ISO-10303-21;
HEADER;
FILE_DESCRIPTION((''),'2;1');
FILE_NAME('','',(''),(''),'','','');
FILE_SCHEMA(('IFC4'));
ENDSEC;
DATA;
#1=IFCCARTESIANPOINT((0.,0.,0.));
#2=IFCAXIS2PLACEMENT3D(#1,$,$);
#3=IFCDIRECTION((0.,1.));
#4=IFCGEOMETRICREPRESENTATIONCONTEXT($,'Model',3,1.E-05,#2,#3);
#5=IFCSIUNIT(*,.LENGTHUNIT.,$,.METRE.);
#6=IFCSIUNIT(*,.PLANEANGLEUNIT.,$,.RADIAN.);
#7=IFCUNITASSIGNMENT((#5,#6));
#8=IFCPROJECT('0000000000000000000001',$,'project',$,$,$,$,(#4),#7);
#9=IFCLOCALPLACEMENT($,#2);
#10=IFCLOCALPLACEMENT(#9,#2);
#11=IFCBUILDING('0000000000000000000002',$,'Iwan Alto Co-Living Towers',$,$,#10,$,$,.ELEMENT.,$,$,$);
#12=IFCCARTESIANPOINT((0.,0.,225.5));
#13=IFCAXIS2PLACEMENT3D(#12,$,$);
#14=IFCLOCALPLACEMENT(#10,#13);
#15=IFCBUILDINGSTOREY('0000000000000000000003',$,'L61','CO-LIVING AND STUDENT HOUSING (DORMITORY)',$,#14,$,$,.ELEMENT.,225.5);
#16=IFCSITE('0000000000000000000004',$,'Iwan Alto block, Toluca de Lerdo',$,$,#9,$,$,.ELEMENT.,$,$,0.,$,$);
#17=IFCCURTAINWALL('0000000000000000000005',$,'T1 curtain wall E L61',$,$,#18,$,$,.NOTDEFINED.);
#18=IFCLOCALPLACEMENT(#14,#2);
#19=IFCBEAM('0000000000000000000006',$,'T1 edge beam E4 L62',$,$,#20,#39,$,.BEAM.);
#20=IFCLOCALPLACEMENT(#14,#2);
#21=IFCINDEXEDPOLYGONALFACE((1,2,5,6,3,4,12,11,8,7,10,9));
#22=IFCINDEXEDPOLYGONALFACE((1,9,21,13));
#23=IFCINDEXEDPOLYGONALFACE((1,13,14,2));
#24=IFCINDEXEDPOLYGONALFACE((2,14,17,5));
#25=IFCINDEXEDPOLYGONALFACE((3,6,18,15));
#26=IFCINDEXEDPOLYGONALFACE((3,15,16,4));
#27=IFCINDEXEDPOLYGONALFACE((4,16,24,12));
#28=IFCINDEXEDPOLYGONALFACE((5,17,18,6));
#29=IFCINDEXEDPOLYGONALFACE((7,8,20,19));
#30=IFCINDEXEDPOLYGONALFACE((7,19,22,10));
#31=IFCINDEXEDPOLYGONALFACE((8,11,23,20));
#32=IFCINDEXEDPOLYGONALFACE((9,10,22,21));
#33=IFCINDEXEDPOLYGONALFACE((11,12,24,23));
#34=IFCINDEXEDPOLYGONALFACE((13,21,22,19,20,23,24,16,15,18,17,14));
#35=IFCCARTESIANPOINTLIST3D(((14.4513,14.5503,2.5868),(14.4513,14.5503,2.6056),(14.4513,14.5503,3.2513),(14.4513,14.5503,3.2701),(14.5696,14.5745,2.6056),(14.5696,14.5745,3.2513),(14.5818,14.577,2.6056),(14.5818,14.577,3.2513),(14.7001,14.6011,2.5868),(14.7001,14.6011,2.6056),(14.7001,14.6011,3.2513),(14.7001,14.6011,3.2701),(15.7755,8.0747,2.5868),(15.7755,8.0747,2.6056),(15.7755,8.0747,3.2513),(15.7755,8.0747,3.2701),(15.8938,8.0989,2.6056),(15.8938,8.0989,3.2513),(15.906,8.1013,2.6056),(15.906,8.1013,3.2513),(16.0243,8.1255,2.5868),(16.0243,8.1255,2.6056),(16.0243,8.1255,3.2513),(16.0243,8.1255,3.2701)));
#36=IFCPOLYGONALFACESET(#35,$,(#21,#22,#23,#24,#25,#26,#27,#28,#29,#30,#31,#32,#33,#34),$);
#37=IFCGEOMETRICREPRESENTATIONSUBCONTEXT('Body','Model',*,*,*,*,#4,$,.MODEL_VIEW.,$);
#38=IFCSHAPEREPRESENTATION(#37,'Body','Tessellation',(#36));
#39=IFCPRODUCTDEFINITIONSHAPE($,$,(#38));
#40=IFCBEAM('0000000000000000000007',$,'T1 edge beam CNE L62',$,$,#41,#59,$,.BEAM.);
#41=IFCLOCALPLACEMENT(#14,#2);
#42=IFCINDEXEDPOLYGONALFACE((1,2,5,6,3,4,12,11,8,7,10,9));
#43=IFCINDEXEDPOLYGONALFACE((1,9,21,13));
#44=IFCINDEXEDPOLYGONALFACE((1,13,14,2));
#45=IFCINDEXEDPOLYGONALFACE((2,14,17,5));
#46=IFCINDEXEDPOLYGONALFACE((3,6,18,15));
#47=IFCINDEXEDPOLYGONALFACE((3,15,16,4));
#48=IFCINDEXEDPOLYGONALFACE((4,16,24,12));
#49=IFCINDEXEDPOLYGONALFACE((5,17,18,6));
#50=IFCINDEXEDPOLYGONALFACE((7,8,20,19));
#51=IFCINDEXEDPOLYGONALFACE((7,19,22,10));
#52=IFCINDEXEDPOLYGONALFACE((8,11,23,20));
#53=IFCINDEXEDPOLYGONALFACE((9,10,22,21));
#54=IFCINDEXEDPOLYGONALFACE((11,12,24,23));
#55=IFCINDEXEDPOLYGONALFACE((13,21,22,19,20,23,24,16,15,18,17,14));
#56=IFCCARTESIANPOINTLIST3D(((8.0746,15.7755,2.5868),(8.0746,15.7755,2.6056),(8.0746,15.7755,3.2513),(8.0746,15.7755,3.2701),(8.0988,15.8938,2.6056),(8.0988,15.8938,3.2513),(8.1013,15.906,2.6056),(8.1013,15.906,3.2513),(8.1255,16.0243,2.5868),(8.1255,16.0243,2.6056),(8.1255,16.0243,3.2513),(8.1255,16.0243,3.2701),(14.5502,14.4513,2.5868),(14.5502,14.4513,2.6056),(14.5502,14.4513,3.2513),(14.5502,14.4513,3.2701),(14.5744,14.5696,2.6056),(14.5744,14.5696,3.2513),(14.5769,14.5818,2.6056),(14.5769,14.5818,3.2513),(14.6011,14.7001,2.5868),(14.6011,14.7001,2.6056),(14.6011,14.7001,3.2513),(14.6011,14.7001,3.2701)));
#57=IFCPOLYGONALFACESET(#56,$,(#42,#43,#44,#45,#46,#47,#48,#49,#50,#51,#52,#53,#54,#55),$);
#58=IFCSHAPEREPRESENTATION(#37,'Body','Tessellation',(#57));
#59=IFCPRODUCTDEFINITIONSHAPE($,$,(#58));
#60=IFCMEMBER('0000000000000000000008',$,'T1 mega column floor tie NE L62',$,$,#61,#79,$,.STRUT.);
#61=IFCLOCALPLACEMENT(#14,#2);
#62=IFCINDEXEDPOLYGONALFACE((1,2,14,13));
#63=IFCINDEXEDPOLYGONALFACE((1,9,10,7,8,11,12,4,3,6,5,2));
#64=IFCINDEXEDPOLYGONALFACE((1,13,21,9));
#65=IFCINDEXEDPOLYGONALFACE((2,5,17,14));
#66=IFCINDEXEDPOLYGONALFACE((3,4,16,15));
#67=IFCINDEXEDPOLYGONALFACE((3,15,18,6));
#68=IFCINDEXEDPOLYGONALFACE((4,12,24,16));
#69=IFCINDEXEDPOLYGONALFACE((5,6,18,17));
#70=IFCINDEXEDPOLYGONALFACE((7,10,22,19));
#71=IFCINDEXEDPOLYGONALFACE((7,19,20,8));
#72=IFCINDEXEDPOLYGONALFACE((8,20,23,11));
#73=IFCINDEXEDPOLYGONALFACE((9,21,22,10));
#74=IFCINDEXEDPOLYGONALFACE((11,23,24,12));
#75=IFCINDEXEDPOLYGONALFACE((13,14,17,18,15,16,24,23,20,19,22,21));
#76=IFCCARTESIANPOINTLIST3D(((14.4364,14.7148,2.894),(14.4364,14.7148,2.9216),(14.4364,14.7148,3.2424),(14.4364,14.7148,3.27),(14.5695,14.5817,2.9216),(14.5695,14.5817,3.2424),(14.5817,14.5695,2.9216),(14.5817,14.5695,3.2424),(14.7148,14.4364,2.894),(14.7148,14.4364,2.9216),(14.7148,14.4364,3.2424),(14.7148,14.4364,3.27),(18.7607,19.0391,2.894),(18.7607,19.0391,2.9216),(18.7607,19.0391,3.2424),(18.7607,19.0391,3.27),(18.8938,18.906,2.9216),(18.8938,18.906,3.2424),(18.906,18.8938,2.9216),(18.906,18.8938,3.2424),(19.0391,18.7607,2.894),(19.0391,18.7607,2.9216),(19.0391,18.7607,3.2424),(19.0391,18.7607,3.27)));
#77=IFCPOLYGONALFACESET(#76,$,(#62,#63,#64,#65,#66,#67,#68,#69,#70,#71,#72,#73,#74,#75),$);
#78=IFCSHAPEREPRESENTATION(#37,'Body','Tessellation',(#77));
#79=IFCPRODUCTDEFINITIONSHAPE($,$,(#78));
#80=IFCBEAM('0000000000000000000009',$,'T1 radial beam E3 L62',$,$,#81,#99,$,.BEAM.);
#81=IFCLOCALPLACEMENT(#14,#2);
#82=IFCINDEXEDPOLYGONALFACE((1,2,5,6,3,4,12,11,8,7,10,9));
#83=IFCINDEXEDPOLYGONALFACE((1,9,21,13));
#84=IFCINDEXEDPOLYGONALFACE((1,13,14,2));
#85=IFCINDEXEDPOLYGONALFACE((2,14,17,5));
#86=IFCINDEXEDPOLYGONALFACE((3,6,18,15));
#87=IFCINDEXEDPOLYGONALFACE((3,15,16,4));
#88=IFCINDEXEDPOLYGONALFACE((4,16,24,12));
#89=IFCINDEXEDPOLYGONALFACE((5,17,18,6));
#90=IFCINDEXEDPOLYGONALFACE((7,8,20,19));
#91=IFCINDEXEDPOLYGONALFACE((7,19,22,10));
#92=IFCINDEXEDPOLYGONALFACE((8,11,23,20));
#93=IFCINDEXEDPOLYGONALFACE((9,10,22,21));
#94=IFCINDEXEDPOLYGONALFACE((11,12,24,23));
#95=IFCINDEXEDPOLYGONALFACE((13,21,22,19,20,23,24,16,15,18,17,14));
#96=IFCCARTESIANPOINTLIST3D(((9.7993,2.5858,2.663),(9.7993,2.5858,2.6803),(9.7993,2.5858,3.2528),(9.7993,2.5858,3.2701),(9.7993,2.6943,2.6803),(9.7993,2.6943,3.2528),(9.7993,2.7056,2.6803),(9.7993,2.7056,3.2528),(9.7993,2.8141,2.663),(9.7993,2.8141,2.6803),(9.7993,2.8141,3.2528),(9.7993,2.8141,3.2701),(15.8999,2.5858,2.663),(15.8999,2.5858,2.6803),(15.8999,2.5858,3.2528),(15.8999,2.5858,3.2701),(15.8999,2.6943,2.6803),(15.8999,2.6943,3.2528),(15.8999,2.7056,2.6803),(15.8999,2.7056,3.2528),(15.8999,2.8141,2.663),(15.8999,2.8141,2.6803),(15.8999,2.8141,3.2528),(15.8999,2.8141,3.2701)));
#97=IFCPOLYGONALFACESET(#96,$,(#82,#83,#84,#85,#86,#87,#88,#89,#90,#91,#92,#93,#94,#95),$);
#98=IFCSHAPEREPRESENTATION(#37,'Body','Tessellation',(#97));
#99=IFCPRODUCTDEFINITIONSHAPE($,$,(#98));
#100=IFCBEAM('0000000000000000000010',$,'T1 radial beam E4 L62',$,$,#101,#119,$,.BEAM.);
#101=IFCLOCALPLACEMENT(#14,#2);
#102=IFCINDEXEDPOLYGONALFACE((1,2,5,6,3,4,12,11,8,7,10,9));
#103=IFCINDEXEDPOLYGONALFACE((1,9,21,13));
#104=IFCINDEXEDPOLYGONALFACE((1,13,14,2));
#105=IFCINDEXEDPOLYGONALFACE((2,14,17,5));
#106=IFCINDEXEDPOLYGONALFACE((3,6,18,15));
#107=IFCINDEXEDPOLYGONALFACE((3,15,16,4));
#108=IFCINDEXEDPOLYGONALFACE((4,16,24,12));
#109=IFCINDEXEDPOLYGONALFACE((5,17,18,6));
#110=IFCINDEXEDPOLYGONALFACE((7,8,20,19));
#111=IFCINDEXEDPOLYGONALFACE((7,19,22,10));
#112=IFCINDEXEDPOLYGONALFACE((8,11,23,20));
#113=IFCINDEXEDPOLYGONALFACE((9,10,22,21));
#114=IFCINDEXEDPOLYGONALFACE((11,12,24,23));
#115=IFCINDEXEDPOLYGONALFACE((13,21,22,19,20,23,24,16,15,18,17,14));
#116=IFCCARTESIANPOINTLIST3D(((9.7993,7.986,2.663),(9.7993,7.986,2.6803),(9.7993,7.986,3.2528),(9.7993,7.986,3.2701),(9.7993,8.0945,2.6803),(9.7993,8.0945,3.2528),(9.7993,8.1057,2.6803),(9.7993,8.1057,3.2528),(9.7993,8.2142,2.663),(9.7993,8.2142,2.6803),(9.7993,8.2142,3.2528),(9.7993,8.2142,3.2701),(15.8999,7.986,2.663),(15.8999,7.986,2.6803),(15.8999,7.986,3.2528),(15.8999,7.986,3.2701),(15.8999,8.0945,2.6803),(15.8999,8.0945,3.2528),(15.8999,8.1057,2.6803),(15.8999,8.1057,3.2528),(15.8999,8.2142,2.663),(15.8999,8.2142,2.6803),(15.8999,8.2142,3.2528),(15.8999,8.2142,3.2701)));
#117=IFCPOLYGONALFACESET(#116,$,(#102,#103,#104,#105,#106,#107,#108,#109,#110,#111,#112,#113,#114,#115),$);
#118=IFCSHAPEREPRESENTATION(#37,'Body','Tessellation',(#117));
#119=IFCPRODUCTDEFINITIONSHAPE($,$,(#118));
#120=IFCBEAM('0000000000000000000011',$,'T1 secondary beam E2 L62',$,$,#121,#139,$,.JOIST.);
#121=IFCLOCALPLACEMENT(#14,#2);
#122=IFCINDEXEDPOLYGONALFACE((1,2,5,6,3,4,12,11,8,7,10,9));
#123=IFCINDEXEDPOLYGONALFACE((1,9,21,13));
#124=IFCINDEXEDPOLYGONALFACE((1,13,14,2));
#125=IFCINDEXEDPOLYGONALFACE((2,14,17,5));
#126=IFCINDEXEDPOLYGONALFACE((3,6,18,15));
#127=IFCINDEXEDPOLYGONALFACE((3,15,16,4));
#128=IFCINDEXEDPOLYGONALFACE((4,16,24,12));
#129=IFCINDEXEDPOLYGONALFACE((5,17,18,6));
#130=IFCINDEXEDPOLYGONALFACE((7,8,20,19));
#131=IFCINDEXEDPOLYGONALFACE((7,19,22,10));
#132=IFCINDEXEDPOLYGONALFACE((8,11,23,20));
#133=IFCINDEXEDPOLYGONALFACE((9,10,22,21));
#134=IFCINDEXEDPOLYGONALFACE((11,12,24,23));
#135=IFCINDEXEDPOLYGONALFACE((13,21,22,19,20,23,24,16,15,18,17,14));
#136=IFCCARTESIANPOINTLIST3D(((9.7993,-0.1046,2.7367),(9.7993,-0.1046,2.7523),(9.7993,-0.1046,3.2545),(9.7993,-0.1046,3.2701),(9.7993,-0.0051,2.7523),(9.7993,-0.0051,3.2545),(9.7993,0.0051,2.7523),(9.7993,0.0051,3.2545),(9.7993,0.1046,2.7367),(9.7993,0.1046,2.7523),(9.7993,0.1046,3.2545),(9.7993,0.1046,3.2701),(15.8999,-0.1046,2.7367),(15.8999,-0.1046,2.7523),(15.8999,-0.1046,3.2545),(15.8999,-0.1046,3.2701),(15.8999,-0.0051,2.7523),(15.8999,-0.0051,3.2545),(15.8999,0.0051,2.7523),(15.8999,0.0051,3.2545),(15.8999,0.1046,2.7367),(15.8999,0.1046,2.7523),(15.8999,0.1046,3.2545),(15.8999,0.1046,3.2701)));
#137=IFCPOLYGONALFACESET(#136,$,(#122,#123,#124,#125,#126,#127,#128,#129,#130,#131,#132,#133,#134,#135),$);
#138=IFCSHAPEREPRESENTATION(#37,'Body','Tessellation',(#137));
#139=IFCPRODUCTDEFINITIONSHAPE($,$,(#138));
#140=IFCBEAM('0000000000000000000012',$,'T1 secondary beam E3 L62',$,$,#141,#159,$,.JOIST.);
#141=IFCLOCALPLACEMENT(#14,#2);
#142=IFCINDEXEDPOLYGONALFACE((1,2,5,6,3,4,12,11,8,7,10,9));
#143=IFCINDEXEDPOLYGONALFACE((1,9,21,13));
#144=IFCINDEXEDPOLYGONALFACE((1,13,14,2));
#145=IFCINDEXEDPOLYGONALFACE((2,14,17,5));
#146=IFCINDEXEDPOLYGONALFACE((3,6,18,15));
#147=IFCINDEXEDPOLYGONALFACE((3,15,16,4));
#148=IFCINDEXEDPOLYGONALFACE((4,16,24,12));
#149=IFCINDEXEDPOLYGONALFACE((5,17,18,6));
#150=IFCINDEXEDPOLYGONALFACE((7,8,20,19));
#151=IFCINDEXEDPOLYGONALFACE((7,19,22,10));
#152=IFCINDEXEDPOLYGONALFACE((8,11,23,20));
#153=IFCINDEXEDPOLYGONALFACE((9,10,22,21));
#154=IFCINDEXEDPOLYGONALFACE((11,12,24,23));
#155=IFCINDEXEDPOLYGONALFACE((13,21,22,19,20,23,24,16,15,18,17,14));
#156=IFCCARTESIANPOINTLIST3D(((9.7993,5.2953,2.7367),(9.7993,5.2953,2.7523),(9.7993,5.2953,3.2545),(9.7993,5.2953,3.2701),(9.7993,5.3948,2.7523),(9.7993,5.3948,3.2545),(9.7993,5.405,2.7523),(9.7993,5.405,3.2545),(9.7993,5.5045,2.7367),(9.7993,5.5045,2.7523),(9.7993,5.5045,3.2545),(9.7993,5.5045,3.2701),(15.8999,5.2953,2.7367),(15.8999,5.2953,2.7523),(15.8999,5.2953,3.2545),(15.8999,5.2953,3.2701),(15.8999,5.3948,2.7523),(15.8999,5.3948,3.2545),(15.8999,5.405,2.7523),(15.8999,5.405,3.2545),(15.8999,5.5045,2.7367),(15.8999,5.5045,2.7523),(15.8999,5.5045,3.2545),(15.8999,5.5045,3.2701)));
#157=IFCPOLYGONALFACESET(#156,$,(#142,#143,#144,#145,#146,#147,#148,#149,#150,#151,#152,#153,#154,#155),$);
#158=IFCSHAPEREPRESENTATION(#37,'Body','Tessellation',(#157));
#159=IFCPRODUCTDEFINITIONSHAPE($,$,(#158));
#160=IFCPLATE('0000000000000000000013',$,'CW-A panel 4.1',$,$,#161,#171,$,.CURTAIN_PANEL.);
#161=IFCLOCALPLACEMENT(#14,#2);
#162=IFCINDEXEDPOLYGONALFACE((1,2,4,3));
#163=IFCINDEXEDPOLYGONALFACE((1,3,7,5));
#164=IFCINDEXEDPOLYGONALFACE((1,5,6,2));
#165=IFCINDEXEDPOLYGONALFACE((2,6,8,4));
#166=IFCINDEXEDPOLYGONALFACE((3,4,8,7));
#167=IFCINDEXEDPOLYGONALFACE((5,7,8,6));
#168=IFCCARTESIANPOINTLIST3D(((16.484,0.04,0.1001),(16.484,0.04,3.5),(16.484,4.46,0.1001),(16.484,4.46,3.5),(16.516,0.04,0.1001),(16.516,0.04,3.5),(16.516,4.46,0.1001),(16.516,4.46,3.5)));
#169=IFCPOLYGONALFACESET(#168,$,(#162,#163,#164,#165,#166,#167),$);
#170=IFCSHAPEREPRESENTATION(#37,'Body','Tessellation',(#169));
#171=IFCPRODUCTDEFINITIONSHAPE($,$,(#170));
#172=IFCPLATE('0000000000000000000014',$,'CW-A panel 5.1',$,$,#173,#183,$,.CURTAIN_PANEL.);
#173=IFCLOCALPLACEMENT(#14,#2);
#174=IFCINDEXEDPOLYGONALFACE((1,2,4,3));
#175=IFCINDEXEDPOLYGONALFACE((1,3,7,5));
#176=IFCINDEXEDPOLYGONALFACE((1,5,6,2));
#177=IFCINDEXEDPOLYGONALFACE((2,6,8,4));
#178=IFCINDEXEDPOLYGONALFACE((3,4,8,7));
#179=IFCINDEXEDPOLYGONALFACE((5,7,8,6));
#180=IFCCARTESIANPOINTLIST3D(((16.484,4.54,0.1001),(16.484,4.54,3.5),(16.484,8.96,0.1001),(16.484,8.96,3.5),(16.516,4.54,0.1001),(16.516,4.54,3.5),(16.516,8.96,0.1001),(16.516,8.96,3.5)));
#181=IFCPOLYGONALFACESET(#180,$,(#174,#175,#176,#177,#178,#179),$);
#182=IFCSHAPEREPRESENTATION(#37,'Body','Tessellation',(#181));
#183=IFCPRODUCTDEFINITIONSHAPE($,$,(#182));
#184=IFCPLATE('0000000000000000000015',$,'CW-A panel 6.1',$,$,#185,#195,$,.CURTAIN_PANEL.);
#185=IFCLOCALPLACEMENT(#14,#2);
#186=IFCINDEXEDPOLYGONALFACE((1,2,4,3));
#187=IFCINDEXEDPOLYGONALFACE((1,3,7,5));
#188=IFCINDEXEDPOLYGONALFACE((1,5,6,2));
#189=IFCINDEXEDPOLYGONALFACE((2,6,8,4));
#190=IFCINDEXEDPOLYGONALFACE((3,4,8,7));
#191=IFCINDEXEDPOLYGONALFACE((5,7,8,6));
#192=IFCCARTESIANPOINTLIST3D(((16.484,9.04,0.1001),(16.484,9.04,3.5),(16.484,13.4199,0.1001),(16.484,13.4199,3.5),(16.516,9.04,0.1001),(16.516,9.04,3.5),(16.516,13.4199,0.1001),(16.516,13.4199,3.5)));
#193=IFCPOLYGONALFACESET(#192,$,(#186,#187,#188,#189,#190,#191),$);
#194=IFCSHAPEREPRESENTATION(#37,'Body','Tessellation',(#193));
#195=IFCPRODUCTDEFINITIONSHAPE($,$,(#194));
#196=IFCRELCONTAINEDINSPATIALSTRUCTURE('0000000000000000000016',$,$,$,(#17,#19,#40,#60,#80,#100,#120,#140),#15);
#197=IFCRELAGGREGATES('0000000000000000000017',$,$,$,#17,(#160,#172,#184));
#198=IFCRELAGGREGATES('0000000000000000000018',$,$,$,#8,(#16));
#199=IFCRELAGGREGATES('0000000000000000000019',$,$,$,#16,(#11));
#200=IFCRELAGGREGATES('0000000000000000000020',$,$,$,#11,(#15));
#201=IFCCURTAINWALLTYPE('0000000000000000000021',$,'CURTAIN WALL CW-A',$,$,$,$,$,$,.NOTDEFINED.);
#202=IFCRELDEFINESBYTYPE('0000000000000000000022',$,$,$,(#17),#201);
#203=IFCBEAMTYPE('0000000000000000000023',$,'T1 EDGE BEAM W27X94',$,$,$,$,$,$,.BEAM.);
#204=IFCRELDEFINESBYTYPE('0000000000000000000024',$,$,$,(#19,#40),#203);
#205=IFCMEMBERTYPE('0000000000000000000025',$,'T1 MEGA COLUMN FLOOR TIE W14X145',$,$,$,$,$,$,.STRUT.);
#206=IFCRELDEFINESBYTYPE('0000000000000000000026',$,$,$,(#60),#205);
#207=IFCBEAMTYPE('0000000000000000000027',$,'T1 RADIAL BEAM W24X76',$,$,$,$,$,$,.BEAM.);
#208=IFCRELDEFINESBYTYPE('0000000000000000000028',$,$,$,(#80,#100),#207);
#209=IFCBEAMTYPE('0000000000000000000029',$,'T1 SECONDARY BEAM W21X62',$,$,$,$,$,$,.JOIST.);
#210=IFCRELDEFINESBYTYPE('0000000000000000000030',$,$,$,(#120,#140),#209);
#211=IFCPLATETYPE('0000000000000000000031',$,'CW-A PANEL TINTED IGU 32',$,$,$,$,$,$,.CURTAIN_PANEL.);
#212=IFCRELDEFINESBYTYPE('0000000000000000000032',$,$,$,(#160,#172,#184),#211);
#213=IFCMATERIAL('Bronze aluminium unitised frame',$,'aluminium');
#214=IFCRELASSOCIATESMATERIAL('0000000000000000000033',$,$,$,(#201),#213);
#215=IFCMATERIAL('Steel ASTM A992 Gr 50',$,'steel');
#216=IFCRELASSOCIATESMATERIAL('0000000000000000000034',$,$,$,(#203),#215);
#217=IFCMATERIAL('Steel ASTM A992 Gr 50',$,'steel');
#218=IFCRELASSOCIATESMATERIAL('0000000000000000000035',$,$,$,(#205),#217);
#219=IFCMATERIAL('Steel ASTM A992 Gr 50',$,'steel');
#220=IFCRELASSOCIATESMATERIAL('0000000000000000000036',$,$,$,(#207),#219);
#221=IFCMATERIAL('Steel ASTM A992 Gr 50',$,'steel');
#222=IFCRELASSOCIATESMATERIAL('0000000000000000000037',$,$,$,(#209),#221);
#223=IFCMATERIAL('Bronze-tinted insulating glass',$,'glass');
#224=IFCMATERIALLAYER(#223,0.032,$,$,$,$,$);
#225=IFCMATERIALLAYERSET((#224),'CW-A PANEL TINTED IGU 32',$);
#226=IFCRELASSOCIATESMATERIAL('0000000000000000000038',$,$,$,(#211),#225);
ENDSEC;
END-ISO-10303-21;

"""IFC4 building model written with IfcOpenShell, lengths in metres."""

from ifc_helpers import new_model, si_unit, direction, frame, origin, origin_2d, place, context, subcontext, project, spatial, rectangle, i_section, extrude, material, layer, layer_set, material_profile, profile_set, type_object, element, aggregate, save


model = new_model("IFC4")

# Units and contexts
model_context = context("Model", 3, precision=1e-05, world=origin(), true_north=direction((0.0, 1.0)))
body_context = subcontext(model_context, "Body", "Model", "MODEL_VIEW")
ifc_project = project(units=[si_unit("LENGTHUNIT", "METRE"), si_unit("PLANEANGLEUNIT", "RADIAN")], contexts=[model_context])

# Site, building, storey
site_placement = place(None, origin())
site = spatial("IfcSite", under=ifc_project, at=site_placement, Name="Iwan Alto block, Toluca de Lerdo", CompositionType="ELEMENT", RefElevation=0.0)
building_placement = place(site_placement, origin())
building = spatial("IfcBuilding", under=site, at=building_placement, Name="Iwan Alto Co-Living Towers", CompositionType="ELEMENT")
storey_placement = place(building_placement, frame((0.0, 0.0, 225.5)))
storey = spatial("IfcBuildingStorey", under=building, at=storey_placement, Name="L61", Description="CO-LIVING AND STUDENT HOUSING (DORMITORY)", CompositionType="ELEMENT", Elevation=225.5)

# Curtain wall
ifc_material_1 = material(Name="Bronze aluminium unitised frame", Category="aluminium")
curtain_wall_type_1 = type_object("IfcCurtainWallType", Name="CURTAIN WALL CW-A", PredefinedType="NOTDEFINED", material=ifc_material_1)
curtain_wall_1_placement = place(storey_placement, origin())
curtain_wall_1 = element("IfcCurtainWall", 1, at=curtain_wall_1_placement, inside=storey, type_object=curtain_wall_type_1, Name="T1 curtain wall E L61", PredefinedType="NOTDEFINED")

# Beams
ifc_material_2 = material(Name="Steel ASTM A992 Gr 50", Category="steel")
ifc_material_profile_1 = material_profile(ifc_material_2, i_section(OverallWidth=0.2539, OverallDepth=0.6833, WebThickness=0.0125, FlangeThickness=0.0188, at=origin_2d()), Name="W27X94")
ifc_profile_set_1 = profile_set([ifc_material_profile_1], Name="Steel ASTM A992 Gr 50")
beam_type_1 = type_object("IfcBeamType", Name="T1 EDGE BEAM W27X94", PredefinedType="BEAM", material=ifc_profile_set_1)
for number, where, z_axis, x_axis, name in (
    (2, (15.8999, 8.1001, 2.9285), (-0.200348, 0.979725, 0.0), (-0.979725, -0.200348, 0.0), "T1 edge beam E4 L62"),
    (3, (14.5757, 14.5757, 2.9285), (-0.979725, 0.200348, 0.0), (-0.200348, -0.979725, 0.0), "T1 edge beam CNE L62"),
):
    element("IfcBeam", number, at=place(storey_placement, frame(where, z_axis=z_axis, x_axis=x_axis)), inside=storey, type_object=beam_type_1, Name=name, PredefinedType="BEAM", context=body_context, shape_type="SweptSolid", body=[
        extrude(i_section(OverallWidth=0.2539, OverallDepth=0.6833, WebThickness=0.0125, FlangeThickness=0.0188, at=origin_2d()), origin(), (0.0, 0.0, 1.0), 6.6096),
    ])

# Member
ifc_material_3 = material(Name="Steel ASTM A992 Gr 50", Category="steel")
ifc_material_profile_2 = material_profile(ifc_material_3, i_section(OverallWidth=0.3938, OverallDepth=0.376, WebThickness=0.0173, FlangeThickness=0.0276, at=origin_2d()), Name="W14X145")
ifc_profile_set_2 = profile_set([ifc_material_profile_2], Name="Steel ASTM A992 Gr 50")
member_type_1 = type_object("IfcMemberType", Name="T1 MEGA COLUMN FLOOR TIE W14X145", PredefinedType="STRUT", material=ifc_profile_set_2)
member_1_placement = place(storey_placement, frame((18.8999, 18.8999, 3.082), z_axis=(-0.707107, -0.707107, 0.0), x_axis=(0.707107, -0.707107, 0.0)))
element("IfcMember", 4, at=member_1_placement, inside=storey, type_object=member_type_1, Name="T1 mega column floor tie NE L62", PredefinedType="STRUT", context=body_context, shape_type="SweptSolid", body=[
    extrude(i_section(OverallWidth=0.3938, OverallDepth=0.376, WebThickness=0.0173, FlangeThickness=0.0276, at=origin_2d()), origin(), (0.0, 0.0, 1.0), 6.1155),
])

# Beams
ifc_material_4 = material(Name="Steel ASTM A992 Gr 50", Category="steel")
ifc_material_profile_3 = material_profile(ifc_material_4, i_section(OverallWidth=0.2283, OverallDepth=0.6072, WebThickness=0.0112, FlangeThickness=0.0173, at=origin_2d()), Name="W24X76")
ifc_profile_set_3 = profile_set([ifc_material_profile_3], Name="Steel ASTM A992 Gr 50")
beam_type_2 = type_object("IfcBeamType", Name="T1 RADIAL BEAM W24X76", PredefinedType="BEAM", material=ifc_profile_set_3)
for number, where, z_axis, x_axis, name in (
    (5, (15.8999, 2.7, 2.9666), (-1.0, 0.0, 0.0), (0.0, -1.0, 0.0), "T1 radial beam E3 L62"),
    (6, (15.8999, 8.1001, 2.9666), (-1.0, 0.0, 0.0), (0.0, -1.0, 0.0), "T1 radial beam E4 L62"),
):
    element("IfcBeam", number, at=place(storey_placement, frame(where, z_axis=z_axis, x_axis=x_axis)), inside=storey, type_object=beam_type_2, Name=name, PredefinedType="BEAM", context=body_context, shape_type="SweptSolid", body=[
        extrude(i_section(OverallWidth=0.2283, OverallDepth=0.6072, WebThickness=0.0112, FlangeThickness=0.0173, at=origin_2d()), origin(), (0.0, 0.0, 1.0), 6.1006),
    ])
ifc_material_5 = material(Name="Steel ASTM A992 Gr 50", Category="steel")
ifc_material_profile_4 = material_profile(ifc_material_5, i_section(OverallWidth=0.2092, OverallDepth=0.5334, WebThickness=0.0103, FlangeThickness=0.0156, at=origin_2d()), Name="W21X62")
ifc_profile_set_4 = profile_set([ifc_material_profile_4], Name="Steel ASTM A992 Gr 50")
beam_type_3 = type_object("IfcBeamType", Name="T1 SECONDARY BEAM W21X62", PredefinedType="JOIST", material=ifc_profile_set_4)
for number, where, z_axis, x_axis, name in (
    (7, (15.8999, 0.0, 3.0034), (-1.0, 0.0, 0.0), (0.0, -1.0, 0.0), "T1 secondary beam E2 L62"),
    (8, (15.8999, 5.3999, 3.0034), (-1.0, 0.0, 0.0), (0.0, -1.0, 0.0), "T1 secondary beam E3 L62"),
):
    element("IfcBeam", number, at=place(storey_placement, frame(where, z_axis=z_axis, x_axis=x_axis)), inside=storey, type_object=beam_type_3, Name=name, PredefinedType="JOIST", context=body_context, shape_type="SweptSolid", body=[
        extrude(i_section(OverallWidth=0.2092, OverallDepth=0.5334, WebThickness=0.0103, FlangeThickness=0.0156, at=origin_2d()), origin(), (0.0, 0.0, 1.0), 6.1006),
    ])

# Plates
ifc_material_6 = material(Name="Bronze-tinted insulating glass", Category="glass")
ifc_layer_1 = layer(ifc_material_6, 0.032)
ifc_layer_set_1 = layer_set([ifc_layer_1], Name="CW-A PANEL TINTED IGU 32")
plate_type_1 = type_object("IfcPlateType", Name="CW-A PANEL TINTED IGU 32", PredefinedType="CURTAIN_PANEL", material=ifc_layer_set_1)
plate_1_placement = place(storey_placement, frame((16.5, 2.25, 0.1001), z_axis=(0.0, 0.0, 1.0), x_axis=(0.0, 1.0, 0.0)))
plate_1 = element("IfcPlate", 9, at=plate_1_placement, type_object=plate_type_1, Name="CW-A panel 4.1", PredefinedType="CURTAIN_PANEL", context=body_context, shape_type="SweptSolid", body=[
    extrude(rectangle(XDim=4.4199, YDim=0.032, at=origin_2d()), origin(), (0.0, 0.0, 1.0), 3.3999),
])
plate_2_placement = place(storey_placement, frame((16.5, 6.75, 0.1001), z_axis=(0.0, 0.0, 1.0), x_axis=(0.0, 1.0, 0.0)))
plate_2 = element("IfcPlate", 10, at=plate_2_placement, type_object=plate_type_1, Name="CW-A panel 5.1", PredefinedType="CURTAIN_PANEL", context=body_context, shape_type="SweptSolid", body=[
    extrude(rectangle(XDim=4.4199, YDim=0.032, at=origin_2d()), origin(), (0.0, 0.0, 1.0), 3.3999),
])
plate_3_placement = place(storey_placement, frame((16.5, 11.23, 0.1001), z_axis=(0.0, 0.0, 1.0), x_axis=(0.0, 1.0, 0.0)))
plate_3 = element("IfcPlate", 11, at=plate_3_placement, type_object=plate_type_1, Name="CW-A panel 6.1", PredefinedType="CURTAIN_PANEL", context=body_context, shape_type="SweptSolid", body=[
    extrude(rectangle(XDim=4.3799, YDim=0.032, at=origin_2d()), origin(), (0.0, 0.0, 1.0), 3.3999),
])
aggregate(curtain_wall_1, [plate_1, plate_2, plate_3])

save(model, "model.ifc")
